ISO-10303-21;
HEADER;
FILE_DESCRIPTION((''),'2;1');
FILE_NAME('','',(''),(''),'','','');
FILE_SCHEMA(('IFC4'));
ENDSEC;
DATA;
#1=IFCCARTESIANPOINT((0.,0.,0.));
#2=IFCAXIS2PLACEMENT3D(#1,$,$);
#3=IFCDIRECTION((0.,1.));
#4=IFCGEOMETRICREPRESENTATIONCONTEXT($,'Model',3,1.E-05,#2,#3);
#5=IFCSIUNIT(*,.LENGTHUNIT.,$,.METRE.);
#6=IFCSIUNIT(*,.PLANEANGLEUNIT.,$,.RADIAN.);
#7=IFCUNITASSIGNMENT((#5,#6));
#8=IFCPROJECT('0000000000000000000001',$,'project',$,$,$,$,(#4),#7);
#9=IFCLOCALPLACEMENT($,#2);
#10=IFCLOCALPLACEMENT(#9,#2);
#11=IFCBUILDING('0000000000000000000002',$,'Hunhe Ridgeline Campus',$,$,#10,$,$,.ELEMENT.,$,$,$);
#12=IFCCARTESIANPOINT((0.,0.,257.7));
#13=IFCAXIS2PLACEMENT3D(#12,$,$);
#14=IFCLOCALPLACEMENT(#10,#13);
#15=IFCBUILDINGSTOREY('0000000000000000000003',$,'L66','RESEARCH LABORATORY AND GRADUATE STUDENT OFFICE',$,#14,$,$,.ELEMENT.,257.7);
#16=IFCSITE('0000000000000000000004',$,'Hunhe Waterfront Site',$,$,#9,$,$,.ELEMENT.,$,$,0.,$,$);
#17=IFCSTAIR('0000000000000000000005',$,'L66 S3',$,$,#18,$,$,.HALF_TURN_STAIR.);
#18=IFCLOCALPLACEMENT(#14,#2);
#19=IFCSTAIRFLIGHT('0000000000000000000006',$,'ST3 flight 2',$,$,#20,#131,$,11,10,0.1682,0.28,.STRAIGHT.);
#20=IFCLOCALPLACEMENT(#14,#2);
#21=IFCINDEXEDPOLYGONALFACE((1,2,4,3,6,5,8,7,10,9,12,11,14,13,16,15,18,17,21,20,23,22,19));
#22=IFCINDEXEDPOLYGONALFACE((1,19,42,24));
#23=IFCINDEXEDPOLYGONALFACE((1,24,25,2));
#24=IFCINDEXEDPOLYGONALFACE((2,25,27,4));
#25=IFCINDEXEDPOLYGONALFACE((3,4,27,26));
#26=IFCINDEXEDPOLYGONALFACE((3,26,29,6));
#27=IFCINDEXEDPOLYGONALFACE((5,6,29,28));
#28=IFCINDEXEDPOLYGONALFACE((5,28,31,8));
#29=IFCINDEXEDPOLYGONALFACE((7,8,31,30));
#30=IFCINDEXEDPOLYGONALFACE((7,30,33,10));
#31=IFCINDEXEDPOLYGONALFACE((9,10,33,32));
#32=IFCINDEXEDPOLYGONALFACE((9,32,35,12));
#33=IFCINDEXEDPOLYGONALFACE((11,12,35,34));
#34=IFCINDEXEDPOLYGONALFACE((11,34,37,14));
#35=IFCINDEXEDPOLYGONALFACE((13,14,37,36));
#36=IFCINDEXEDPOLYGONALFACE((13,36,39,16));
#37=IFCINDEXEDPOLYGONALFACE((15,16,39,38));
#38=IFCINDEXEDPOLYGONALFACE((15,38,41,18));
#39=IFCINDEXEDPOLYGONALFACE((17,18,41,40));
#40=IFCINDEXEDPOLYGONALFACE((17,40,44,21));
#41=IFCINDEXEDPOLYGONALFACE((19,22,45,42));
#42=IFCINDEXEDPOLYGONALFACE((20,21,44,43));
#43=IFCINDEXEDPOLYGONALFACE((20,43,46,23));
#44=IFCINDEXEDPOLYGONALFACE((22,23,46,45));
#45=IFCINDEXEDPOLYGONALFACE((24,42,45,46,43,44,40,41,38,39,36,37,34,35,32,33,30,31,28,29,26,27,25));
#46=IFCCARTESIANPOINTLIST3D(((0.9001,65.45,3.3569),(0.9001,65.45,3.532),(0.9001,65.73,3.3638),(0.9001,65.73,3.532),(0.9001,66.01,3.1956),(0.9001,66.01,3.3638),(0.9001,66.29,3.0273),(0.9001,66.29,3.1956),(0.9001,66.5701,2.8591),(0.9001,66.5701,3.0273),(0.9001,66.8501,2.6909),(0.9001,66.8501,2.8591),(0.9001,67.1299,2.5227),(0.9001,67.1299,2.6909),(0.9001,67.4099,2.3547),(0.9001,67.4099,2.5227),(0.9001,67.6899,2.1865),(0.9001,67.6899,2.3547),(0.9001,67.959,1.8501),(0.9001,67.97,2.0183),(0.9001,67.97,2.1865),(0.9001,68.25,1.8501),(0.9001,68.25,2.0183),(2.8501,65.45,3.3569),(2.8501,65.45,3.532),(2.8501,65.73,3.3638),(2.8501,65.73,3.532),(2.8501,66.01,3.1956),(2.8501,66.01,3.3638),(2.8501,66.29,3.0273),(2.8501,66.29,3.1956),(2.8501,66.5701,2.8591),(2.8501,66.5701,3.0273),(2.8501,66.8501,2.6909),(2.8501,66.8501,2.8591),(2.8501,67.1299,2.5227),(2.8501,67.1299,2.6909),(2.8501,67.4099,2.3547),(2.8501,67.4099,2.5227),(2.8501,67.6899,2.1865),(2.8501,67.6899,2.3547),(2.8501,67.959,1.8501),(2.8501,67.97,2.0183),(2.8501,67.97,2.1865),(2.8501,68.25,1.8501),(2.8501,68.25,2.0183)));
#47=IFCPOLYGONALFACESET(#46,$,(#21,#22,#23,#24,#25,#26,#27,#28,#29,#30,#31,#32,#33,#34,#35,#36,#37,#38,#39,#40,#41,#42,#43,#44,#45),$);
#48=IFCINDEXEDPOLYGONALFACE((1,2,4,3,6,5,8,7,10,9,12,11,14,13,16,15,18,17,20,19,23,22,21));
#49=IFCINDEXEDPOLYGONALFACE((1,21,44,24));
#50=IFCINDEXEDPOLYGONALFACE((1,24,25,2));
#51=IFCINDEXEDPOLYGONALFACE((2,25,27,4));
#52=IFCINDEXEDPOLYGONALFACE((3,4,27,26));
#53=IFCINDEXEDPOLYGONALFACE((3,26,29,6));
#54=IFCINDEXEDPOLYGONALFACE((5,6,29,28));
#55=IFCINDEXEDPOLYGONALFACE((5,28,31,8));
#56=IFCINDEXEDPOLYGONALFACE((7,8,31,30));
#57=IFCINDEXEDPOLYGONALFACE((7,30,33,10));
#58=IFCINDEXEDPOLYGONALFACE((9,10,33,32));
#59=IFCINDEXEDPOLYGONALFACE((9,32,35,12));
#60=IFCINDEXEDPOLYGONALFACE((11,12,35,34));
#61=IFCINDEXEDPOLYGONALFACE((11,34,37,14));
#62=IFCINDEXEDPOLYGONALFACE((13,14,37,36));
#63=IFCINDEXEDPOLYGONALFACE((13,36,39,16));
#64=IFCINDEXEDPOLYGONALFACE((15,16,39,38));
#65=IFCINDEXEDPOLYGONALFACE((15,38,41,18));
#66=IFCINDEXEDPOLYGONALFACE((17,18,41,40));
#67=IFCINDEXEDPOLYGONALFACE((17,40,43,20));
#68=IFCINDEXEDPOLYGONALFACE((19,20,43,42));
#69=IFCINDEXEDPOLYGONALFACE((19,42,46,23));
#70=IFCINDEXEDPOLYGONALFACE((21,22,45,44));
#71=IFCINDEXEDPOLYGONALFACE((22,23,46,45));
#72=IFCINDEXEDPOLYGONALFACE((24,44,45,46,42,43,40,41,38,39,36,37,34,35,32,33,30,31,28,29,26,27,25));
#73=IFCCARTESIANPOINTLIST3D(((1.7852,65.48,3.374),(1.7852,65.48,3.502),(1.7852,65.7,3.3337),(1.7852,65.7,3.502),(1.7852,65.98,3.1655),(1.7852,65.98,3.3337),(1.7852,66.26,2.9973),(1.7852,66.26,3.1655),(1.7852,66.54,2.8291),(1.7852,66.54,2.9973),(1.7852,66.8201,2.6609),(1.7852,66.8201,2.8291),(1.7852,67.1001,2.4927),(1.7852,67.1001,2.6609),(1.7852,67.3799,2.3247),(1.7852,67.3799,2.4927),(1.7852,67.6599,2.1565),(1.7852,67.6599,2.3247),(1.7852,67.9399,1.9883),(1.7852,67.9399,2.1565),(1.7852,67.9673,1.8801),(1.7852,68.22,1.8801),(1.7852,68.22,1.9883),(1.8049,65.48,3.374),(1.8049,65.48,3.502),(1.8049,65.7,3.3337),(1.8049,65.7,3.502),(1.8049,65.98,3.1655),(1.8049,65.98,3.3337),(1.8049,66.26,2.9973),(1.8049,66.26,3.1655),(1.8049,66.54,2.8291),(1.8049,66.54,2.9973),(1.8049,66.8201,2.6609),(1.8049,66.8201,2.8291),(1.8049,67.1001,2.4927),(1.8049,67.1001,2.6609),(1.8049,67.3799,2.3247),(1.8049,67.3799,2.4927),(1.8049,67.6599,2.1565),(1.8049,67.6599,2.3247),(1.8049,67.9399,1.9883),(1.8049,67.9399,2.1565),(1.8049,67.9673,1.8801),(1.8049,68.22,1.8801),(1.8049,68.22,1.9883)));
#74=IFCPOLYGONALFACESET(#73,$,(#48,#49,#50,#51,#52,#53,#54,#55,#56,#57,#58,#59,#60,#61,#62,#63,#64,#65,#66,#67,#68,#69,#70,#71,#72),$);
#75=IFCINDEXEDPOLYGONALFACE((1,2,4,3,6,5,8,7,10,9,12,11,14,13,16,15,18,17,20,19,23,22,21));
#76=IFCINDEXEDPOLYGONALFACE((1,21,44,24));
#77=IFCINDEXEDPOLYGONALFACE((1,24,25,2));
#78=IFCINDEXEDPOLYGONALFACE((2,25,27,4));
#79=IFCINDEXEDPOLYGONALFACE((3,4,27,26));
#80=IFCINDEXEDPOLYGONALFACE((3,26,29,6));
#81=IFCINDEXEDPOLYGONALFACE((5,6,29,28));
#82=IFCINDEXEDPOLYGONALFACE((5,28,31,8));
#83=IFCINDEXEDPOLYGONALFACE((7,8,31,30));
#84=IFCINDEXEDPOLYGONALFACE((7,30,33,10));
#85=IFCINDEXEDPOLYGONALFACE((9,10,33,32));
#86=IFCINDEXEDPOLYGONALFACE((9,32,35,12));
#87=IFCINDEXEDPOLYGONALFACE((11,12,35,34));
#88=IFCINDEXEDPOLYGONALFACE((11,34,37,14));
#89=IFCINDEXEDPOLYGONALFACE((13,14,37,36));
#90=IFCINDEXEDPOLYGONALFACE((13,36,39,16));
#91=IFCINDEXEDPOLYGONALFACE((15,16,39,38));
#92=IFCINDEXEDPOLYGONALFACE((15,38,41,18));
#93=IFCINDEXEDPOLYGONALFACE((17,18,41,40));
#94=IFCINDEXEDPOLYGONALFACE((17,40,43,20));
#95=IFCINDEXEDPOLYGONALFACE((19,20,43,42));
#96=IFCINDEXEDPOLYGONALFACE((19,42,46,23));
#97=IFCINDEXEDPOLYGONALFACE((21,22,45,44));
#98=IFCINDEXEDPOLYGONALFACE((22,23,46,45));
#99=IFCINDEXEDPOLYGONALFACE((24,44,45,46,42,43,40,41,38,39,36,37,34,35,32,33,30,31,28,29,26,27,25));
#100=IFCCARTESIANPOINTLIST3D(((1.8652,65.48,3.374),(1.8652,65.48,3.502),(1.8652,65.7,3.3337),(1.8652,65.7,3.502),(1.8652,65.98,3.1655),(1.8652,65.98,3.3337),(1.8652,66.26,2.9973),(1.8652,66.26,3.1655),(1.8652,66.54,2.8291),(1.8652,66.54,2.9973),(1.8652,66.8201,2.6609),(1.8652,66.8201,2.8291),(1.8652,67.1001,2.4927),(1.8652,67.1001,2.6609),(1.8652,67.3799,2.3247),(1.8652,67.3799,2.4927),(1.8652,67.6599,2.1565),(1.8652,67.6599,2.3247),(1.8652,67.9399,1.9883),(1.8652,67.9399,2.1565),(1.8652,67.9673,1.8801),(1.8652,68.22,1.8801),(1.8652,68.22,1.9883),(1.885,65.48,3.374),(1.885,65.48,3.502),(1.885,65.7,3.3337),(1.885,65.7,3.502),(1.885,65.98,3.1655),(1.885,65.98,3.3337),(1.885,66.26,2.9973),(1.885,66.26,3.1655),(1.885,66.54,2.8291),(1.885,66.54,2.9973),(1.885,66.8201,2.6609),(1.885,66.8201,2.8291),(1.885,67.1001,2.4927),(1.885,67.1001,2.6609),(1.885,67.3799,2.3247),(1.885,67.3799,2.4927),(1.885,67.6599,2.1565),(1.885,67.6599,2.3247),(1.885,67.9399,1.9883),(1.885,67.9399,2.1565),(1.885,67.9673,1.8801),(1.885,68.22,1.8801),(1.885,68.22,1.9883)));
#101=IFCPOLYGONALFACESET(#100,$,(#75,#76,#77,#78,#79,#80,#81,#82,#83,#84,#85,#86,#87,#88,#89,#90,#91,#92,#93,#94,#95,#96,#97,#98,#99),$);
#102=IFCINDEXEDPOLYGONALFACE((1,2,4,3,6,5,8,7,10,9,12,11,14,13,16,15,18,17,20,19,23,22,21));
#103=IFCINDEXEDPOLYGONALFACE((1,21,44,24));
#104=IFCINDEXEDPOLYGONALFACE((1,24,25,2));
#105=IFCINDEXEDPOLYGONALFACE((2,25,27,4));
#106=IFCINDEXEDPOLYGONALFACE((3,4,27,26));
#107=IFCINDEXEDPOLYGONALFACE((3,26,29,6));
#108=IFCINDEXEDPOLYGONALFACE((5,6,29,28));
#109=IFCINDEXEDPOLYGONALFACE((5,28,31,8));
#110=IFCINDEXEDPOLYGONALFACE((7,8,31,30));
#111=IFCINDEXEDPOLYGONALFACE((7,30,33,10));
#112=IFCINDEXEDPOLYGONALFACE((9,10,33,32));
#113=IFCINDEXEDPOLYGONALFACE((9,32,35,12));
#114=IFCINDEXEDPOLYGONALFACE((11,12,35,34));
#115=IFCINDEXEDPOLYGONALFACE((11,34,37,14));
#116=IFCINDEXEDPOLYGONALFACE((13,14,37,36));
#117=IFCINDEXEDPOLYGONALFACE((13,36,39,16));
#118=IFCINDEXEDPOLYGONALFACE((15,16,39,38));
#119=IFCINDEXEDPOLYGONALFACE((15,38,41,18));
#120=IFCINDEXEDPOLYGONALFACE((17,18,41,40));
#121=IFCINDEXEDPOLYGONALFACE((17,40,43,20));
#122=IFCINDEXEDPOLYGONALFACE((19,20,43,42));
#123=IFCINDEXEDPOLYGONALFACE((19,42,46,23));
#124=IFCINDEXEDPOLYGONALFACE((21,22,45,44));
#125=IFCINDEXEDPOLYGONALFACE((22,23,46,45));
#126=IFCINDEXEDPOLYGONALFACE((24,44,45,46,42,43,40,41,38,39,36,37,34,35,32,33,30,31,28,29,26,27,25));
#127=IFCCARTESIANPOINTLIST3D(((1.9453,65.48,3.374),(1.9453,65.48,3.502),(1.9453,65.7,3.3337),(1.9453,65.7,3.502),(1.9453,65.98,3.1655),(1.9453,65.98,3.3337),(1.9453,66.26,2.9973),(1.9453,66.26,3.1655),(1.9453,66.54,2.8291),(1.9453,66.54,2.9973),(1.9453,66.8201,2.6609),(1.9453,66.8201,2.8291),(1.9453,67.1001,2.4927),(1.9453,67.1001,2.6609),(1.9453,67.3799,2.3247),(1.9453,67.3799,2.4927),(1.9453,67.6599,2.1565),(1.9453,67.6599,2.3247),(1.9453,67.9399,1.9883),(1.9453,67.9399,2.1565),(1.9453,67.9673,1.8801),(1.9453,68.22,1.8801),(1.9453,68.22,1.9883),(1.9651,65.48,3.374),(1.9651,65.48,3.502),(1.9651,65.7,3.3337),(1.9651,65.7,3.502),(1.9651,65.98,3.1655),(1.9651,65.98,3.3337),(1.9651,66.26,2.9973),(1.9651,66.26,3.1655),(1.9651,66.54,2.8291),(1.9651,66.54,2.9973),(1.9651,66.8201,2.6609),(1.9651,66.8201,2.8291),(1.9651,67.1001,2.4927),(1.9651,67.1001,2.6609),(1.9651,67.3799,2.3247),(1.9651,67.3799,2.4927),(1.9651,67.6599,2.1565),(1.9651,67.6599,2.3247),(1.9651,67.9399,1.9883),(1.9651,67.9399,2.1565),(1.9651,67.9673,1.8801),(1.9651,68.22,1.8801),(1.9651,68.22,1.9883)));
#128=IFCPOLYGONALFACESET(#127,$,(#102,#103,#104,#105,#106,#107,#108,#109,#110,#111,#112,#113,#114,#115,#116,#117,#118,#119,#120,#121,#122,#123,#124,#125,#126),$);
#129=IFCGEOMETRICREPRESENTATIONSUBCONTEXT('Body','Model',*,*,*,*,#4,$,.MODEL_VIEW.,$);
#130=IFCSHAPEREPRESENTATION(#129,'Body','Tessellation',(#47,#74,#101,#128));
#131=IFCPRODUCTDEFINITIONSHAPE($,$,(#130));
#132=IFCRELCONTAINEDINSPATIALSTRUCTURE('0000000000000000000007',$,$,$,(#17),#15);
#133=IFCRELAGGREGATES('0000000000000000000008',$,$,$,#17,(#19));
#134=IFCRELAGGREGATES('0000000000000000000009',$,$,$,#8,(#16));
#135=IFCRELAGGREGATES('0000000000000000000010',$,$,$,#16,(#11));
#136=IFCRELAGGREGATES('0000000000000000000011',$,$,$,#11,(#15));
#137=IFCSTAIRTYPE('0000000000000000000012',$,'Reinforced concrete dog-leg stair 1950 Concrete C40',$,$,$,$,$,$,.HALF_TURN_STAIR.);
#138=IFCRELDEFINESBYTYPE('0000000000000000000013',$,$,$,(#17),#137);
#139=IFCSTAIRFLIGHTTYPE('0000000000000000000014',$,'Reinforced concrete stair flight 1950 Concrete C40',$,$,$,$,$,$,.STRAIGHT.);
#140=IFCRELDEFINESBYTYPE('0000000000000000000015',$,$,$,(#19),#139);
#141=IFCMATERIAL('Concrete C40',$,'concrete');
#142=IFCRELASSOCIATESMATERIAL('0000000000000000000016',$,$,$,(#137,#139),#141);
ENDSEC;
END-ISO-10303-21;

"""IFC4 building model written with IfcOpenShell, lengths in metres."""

from ifc_helpers import new_model, si_unit, direction, frame, origin, place, context, subcontext, project, spatial, polyline, outline, extrude, material, type_object, element, aggregate, save


model = new_model("IFC4")

# Units and contexts
model_context = context("Model", 3, precision=1e-05, world=origin(), true_north=direction((0.0, 1.0)))
body_context = subcontext(model_context, "Body", "Model", "MODEL_VIEW")
ifc_project = project(units=[si_unit("LENGTHUNIT", "METRE"), si_unit("PLANEANGLEUNIT", "RADIAN")], contexts=[model_context])

# Site, building, storey
site_placement = place(None, origin())
site = spatial("IfcSite", under=ifc_project, at=site_placement, Name="Hunhe Waterfront Site", CompositionType="ELEMENT", RefElevation=0.0)
building_placement = place(site_placement, origin())
building = spatial("IfcBuilding", under=site, at=building_placement, Name="Hunhe Ridgeline Campus", CompositionType="ELEMENT")
storey_placement = place(building_placement, frame((0.0, 0.0, 257.7)))
storey = spatial("IfcBuildingStorey", under=building, at=storey_placement, Name="L66", Description="RESEARCH LABORATORY AND GRADUATE STUDENT OFFICE", CompositionType="ELEMENT", Elevation=257.7)

# Stair, stair flight
ifc_material_1 = material(Name="Concrete C40", Category="concrete")
stair_type = type_object("IfcStairType", Name="Reinforced concrete dog-leg stair 1950 Concrete C40", PredefinedType="HALF_TURN_STAIR", material=ifc_material_1)
stair_1_placement = place(storey_placement, origin())
stair_1 = element("IfcStair", 1, at=stair_1_placement, inside=storey, type_object=stair_type, Name="L66 S3", PredefinedType="HALF_TURN_STAIR")
stair_flight_type = type_object("IfcStairFlightType", Name="Reinforced concrete stair flight 1950 Concrete C40", PredefinedType="STRAIGHT", material=ifc_material_1)
stair_flight_1_placement = place(storey_placement, frame((1.875, 68.25, 1.8501), z_axis=(0.0, 0.0, 1.0), x_axis=(0.0, -1.0, 0.0)))
stair_flight_1 = element("IfcStairFlight", 2, at=stair_flight_1_placement, type_object=stair_flight_type, Name="ST3 flight 2", NumberOfRisers=11, NumberOfTreads=10, PredefinedType="STRAIGHT", RiserHeight=0.1682, TreadLength=0.28, context=body_context, shape_type="SweptSolid", body=[
    extrude(outline(polyline([(0.0, 0.0), (0.0, 0.1682), (0.28, 0.1682), (0.28, 0.3364), (0.5601, 0.3364), (0.5601, 0.5046), (0.8401, 0.5046), (0.8401, 0.6726), (1.1201, 0.6726), (1.1201, 0.8408), (1.3999, 0.8408), (1.3999, 1.009), (1.6799, 1.009), (1.6799, 1.1772), (1.96, 1.1772), (1.96, 1.3455), (2.24, 1.3455), (2.24, 1.5137), (2.52, 1.5137), (2.52, 1.6819), (2.8, 1.6819), (2.8, 1.8501), (2.8, 1.5068), (0.291, 0.0), (0.0, 0.0)])), frame((0.0, 0.9751, 0.0), z_axis=(0.0, -1.0, 0.0), x_axis=(1.0, 0.0, 0.0)), (0.0, 0.0, 1.0), 1.95),
    extrude(outline(polyline([(0.03, 0.03), (0.03, 0.1382), (0.3101, 0.1382), (0.3101, 0.3064), (0.5901, 0.3064), (0.5901, 0.4746), (0.8701, 0.4746), (0.8701, 0.6426), (1.1499, 0.6426), (1.1499, 0.8108), (1.4299, 0.8108), (1.4299, 0.979), (1.71, 0.979), (1.71, 1.1472), (1.99, 1.1472), (1.99, 1.3154), (2.27, 1.3154), (2.27, 1.4836), (2.55, 1.4836), (2.55, 1.6519), (2.77, 1.6519), (2.77, 1.5239), (0.2827, 0.03), (0.03, 0.03)])), frame((0.0, -0.0701, 0.0), z_axis=(0.0, -1.0, 0.0), x_axis=(1.0, 0.0, 0.0)), (0.0, 0.0, 1.0), 0.0198),
    extrude(outline(polyline([(0.03, 0.03), (0.03, 0.1382), (0.3101, 0.1382), (0.3101, 0.3064), (0.5901, 0.3064), (0.5901, 0.4746), (0.8701, 0.4746), (0.8701, 0.6426), (1.1499, 0.6426), (1.1499, 0.8108), (1.4299, 0.8108), (1.4299, 0.979), (1.71, 0.979), (1.71, 1.1472), (1.99, 1.1472), (1.99, 1.3154), (2.27, 1.3154), (2.27, 1.4836), (2.55, 1.4836), (2.55, 1.6519), (2.77, 1.6519), (2.77, 1.5239), (0.2827, 0.03), (0.03, 0.03)])), frame((0.0, 0.01, 0.0), z_axis=(0.0, -1.0, 0.0), x_axis=(1.0, 0.0, 0.0)), (0.0, 0.0, 1.0), 0.0198),
    extrude(outline(polyline([(0.03, 0.03), (0.03, 0.1382), (0.3101, 0.1382), (0.3101, 0.3064), (0.5901, 0.3064), (0.5901, 0.4746), (0.8701, 0.4746), (0.8701, 0.6426), (1.1499, 0.6426), (1.1499, 0.8108), (1.4299, 0.8108), (1.4299, 0.979), (1.71, 0.979), (1.71, 1.1472), (1.99, 1.1472), (1.99, 1.3154), (2.27, 1.3154), (2.27, 1.4836), (2.55, 1.4836), (2.55, 1.6519), (2.77, 1.6519), (2.77, 1.5239), (0.2827, 0.03), (0.03, 0.03)])), frame((0.0, 0.0901, 0.0), z_axis=(0.0, -1.0, 0.0), x_axis=(1.0, 0.0, 0.0)), (0.0, 0.0, 1.0), 0.0198),
])
aggregate(stair_1, [stair_flight_1])

save(model, "model.ifc")
